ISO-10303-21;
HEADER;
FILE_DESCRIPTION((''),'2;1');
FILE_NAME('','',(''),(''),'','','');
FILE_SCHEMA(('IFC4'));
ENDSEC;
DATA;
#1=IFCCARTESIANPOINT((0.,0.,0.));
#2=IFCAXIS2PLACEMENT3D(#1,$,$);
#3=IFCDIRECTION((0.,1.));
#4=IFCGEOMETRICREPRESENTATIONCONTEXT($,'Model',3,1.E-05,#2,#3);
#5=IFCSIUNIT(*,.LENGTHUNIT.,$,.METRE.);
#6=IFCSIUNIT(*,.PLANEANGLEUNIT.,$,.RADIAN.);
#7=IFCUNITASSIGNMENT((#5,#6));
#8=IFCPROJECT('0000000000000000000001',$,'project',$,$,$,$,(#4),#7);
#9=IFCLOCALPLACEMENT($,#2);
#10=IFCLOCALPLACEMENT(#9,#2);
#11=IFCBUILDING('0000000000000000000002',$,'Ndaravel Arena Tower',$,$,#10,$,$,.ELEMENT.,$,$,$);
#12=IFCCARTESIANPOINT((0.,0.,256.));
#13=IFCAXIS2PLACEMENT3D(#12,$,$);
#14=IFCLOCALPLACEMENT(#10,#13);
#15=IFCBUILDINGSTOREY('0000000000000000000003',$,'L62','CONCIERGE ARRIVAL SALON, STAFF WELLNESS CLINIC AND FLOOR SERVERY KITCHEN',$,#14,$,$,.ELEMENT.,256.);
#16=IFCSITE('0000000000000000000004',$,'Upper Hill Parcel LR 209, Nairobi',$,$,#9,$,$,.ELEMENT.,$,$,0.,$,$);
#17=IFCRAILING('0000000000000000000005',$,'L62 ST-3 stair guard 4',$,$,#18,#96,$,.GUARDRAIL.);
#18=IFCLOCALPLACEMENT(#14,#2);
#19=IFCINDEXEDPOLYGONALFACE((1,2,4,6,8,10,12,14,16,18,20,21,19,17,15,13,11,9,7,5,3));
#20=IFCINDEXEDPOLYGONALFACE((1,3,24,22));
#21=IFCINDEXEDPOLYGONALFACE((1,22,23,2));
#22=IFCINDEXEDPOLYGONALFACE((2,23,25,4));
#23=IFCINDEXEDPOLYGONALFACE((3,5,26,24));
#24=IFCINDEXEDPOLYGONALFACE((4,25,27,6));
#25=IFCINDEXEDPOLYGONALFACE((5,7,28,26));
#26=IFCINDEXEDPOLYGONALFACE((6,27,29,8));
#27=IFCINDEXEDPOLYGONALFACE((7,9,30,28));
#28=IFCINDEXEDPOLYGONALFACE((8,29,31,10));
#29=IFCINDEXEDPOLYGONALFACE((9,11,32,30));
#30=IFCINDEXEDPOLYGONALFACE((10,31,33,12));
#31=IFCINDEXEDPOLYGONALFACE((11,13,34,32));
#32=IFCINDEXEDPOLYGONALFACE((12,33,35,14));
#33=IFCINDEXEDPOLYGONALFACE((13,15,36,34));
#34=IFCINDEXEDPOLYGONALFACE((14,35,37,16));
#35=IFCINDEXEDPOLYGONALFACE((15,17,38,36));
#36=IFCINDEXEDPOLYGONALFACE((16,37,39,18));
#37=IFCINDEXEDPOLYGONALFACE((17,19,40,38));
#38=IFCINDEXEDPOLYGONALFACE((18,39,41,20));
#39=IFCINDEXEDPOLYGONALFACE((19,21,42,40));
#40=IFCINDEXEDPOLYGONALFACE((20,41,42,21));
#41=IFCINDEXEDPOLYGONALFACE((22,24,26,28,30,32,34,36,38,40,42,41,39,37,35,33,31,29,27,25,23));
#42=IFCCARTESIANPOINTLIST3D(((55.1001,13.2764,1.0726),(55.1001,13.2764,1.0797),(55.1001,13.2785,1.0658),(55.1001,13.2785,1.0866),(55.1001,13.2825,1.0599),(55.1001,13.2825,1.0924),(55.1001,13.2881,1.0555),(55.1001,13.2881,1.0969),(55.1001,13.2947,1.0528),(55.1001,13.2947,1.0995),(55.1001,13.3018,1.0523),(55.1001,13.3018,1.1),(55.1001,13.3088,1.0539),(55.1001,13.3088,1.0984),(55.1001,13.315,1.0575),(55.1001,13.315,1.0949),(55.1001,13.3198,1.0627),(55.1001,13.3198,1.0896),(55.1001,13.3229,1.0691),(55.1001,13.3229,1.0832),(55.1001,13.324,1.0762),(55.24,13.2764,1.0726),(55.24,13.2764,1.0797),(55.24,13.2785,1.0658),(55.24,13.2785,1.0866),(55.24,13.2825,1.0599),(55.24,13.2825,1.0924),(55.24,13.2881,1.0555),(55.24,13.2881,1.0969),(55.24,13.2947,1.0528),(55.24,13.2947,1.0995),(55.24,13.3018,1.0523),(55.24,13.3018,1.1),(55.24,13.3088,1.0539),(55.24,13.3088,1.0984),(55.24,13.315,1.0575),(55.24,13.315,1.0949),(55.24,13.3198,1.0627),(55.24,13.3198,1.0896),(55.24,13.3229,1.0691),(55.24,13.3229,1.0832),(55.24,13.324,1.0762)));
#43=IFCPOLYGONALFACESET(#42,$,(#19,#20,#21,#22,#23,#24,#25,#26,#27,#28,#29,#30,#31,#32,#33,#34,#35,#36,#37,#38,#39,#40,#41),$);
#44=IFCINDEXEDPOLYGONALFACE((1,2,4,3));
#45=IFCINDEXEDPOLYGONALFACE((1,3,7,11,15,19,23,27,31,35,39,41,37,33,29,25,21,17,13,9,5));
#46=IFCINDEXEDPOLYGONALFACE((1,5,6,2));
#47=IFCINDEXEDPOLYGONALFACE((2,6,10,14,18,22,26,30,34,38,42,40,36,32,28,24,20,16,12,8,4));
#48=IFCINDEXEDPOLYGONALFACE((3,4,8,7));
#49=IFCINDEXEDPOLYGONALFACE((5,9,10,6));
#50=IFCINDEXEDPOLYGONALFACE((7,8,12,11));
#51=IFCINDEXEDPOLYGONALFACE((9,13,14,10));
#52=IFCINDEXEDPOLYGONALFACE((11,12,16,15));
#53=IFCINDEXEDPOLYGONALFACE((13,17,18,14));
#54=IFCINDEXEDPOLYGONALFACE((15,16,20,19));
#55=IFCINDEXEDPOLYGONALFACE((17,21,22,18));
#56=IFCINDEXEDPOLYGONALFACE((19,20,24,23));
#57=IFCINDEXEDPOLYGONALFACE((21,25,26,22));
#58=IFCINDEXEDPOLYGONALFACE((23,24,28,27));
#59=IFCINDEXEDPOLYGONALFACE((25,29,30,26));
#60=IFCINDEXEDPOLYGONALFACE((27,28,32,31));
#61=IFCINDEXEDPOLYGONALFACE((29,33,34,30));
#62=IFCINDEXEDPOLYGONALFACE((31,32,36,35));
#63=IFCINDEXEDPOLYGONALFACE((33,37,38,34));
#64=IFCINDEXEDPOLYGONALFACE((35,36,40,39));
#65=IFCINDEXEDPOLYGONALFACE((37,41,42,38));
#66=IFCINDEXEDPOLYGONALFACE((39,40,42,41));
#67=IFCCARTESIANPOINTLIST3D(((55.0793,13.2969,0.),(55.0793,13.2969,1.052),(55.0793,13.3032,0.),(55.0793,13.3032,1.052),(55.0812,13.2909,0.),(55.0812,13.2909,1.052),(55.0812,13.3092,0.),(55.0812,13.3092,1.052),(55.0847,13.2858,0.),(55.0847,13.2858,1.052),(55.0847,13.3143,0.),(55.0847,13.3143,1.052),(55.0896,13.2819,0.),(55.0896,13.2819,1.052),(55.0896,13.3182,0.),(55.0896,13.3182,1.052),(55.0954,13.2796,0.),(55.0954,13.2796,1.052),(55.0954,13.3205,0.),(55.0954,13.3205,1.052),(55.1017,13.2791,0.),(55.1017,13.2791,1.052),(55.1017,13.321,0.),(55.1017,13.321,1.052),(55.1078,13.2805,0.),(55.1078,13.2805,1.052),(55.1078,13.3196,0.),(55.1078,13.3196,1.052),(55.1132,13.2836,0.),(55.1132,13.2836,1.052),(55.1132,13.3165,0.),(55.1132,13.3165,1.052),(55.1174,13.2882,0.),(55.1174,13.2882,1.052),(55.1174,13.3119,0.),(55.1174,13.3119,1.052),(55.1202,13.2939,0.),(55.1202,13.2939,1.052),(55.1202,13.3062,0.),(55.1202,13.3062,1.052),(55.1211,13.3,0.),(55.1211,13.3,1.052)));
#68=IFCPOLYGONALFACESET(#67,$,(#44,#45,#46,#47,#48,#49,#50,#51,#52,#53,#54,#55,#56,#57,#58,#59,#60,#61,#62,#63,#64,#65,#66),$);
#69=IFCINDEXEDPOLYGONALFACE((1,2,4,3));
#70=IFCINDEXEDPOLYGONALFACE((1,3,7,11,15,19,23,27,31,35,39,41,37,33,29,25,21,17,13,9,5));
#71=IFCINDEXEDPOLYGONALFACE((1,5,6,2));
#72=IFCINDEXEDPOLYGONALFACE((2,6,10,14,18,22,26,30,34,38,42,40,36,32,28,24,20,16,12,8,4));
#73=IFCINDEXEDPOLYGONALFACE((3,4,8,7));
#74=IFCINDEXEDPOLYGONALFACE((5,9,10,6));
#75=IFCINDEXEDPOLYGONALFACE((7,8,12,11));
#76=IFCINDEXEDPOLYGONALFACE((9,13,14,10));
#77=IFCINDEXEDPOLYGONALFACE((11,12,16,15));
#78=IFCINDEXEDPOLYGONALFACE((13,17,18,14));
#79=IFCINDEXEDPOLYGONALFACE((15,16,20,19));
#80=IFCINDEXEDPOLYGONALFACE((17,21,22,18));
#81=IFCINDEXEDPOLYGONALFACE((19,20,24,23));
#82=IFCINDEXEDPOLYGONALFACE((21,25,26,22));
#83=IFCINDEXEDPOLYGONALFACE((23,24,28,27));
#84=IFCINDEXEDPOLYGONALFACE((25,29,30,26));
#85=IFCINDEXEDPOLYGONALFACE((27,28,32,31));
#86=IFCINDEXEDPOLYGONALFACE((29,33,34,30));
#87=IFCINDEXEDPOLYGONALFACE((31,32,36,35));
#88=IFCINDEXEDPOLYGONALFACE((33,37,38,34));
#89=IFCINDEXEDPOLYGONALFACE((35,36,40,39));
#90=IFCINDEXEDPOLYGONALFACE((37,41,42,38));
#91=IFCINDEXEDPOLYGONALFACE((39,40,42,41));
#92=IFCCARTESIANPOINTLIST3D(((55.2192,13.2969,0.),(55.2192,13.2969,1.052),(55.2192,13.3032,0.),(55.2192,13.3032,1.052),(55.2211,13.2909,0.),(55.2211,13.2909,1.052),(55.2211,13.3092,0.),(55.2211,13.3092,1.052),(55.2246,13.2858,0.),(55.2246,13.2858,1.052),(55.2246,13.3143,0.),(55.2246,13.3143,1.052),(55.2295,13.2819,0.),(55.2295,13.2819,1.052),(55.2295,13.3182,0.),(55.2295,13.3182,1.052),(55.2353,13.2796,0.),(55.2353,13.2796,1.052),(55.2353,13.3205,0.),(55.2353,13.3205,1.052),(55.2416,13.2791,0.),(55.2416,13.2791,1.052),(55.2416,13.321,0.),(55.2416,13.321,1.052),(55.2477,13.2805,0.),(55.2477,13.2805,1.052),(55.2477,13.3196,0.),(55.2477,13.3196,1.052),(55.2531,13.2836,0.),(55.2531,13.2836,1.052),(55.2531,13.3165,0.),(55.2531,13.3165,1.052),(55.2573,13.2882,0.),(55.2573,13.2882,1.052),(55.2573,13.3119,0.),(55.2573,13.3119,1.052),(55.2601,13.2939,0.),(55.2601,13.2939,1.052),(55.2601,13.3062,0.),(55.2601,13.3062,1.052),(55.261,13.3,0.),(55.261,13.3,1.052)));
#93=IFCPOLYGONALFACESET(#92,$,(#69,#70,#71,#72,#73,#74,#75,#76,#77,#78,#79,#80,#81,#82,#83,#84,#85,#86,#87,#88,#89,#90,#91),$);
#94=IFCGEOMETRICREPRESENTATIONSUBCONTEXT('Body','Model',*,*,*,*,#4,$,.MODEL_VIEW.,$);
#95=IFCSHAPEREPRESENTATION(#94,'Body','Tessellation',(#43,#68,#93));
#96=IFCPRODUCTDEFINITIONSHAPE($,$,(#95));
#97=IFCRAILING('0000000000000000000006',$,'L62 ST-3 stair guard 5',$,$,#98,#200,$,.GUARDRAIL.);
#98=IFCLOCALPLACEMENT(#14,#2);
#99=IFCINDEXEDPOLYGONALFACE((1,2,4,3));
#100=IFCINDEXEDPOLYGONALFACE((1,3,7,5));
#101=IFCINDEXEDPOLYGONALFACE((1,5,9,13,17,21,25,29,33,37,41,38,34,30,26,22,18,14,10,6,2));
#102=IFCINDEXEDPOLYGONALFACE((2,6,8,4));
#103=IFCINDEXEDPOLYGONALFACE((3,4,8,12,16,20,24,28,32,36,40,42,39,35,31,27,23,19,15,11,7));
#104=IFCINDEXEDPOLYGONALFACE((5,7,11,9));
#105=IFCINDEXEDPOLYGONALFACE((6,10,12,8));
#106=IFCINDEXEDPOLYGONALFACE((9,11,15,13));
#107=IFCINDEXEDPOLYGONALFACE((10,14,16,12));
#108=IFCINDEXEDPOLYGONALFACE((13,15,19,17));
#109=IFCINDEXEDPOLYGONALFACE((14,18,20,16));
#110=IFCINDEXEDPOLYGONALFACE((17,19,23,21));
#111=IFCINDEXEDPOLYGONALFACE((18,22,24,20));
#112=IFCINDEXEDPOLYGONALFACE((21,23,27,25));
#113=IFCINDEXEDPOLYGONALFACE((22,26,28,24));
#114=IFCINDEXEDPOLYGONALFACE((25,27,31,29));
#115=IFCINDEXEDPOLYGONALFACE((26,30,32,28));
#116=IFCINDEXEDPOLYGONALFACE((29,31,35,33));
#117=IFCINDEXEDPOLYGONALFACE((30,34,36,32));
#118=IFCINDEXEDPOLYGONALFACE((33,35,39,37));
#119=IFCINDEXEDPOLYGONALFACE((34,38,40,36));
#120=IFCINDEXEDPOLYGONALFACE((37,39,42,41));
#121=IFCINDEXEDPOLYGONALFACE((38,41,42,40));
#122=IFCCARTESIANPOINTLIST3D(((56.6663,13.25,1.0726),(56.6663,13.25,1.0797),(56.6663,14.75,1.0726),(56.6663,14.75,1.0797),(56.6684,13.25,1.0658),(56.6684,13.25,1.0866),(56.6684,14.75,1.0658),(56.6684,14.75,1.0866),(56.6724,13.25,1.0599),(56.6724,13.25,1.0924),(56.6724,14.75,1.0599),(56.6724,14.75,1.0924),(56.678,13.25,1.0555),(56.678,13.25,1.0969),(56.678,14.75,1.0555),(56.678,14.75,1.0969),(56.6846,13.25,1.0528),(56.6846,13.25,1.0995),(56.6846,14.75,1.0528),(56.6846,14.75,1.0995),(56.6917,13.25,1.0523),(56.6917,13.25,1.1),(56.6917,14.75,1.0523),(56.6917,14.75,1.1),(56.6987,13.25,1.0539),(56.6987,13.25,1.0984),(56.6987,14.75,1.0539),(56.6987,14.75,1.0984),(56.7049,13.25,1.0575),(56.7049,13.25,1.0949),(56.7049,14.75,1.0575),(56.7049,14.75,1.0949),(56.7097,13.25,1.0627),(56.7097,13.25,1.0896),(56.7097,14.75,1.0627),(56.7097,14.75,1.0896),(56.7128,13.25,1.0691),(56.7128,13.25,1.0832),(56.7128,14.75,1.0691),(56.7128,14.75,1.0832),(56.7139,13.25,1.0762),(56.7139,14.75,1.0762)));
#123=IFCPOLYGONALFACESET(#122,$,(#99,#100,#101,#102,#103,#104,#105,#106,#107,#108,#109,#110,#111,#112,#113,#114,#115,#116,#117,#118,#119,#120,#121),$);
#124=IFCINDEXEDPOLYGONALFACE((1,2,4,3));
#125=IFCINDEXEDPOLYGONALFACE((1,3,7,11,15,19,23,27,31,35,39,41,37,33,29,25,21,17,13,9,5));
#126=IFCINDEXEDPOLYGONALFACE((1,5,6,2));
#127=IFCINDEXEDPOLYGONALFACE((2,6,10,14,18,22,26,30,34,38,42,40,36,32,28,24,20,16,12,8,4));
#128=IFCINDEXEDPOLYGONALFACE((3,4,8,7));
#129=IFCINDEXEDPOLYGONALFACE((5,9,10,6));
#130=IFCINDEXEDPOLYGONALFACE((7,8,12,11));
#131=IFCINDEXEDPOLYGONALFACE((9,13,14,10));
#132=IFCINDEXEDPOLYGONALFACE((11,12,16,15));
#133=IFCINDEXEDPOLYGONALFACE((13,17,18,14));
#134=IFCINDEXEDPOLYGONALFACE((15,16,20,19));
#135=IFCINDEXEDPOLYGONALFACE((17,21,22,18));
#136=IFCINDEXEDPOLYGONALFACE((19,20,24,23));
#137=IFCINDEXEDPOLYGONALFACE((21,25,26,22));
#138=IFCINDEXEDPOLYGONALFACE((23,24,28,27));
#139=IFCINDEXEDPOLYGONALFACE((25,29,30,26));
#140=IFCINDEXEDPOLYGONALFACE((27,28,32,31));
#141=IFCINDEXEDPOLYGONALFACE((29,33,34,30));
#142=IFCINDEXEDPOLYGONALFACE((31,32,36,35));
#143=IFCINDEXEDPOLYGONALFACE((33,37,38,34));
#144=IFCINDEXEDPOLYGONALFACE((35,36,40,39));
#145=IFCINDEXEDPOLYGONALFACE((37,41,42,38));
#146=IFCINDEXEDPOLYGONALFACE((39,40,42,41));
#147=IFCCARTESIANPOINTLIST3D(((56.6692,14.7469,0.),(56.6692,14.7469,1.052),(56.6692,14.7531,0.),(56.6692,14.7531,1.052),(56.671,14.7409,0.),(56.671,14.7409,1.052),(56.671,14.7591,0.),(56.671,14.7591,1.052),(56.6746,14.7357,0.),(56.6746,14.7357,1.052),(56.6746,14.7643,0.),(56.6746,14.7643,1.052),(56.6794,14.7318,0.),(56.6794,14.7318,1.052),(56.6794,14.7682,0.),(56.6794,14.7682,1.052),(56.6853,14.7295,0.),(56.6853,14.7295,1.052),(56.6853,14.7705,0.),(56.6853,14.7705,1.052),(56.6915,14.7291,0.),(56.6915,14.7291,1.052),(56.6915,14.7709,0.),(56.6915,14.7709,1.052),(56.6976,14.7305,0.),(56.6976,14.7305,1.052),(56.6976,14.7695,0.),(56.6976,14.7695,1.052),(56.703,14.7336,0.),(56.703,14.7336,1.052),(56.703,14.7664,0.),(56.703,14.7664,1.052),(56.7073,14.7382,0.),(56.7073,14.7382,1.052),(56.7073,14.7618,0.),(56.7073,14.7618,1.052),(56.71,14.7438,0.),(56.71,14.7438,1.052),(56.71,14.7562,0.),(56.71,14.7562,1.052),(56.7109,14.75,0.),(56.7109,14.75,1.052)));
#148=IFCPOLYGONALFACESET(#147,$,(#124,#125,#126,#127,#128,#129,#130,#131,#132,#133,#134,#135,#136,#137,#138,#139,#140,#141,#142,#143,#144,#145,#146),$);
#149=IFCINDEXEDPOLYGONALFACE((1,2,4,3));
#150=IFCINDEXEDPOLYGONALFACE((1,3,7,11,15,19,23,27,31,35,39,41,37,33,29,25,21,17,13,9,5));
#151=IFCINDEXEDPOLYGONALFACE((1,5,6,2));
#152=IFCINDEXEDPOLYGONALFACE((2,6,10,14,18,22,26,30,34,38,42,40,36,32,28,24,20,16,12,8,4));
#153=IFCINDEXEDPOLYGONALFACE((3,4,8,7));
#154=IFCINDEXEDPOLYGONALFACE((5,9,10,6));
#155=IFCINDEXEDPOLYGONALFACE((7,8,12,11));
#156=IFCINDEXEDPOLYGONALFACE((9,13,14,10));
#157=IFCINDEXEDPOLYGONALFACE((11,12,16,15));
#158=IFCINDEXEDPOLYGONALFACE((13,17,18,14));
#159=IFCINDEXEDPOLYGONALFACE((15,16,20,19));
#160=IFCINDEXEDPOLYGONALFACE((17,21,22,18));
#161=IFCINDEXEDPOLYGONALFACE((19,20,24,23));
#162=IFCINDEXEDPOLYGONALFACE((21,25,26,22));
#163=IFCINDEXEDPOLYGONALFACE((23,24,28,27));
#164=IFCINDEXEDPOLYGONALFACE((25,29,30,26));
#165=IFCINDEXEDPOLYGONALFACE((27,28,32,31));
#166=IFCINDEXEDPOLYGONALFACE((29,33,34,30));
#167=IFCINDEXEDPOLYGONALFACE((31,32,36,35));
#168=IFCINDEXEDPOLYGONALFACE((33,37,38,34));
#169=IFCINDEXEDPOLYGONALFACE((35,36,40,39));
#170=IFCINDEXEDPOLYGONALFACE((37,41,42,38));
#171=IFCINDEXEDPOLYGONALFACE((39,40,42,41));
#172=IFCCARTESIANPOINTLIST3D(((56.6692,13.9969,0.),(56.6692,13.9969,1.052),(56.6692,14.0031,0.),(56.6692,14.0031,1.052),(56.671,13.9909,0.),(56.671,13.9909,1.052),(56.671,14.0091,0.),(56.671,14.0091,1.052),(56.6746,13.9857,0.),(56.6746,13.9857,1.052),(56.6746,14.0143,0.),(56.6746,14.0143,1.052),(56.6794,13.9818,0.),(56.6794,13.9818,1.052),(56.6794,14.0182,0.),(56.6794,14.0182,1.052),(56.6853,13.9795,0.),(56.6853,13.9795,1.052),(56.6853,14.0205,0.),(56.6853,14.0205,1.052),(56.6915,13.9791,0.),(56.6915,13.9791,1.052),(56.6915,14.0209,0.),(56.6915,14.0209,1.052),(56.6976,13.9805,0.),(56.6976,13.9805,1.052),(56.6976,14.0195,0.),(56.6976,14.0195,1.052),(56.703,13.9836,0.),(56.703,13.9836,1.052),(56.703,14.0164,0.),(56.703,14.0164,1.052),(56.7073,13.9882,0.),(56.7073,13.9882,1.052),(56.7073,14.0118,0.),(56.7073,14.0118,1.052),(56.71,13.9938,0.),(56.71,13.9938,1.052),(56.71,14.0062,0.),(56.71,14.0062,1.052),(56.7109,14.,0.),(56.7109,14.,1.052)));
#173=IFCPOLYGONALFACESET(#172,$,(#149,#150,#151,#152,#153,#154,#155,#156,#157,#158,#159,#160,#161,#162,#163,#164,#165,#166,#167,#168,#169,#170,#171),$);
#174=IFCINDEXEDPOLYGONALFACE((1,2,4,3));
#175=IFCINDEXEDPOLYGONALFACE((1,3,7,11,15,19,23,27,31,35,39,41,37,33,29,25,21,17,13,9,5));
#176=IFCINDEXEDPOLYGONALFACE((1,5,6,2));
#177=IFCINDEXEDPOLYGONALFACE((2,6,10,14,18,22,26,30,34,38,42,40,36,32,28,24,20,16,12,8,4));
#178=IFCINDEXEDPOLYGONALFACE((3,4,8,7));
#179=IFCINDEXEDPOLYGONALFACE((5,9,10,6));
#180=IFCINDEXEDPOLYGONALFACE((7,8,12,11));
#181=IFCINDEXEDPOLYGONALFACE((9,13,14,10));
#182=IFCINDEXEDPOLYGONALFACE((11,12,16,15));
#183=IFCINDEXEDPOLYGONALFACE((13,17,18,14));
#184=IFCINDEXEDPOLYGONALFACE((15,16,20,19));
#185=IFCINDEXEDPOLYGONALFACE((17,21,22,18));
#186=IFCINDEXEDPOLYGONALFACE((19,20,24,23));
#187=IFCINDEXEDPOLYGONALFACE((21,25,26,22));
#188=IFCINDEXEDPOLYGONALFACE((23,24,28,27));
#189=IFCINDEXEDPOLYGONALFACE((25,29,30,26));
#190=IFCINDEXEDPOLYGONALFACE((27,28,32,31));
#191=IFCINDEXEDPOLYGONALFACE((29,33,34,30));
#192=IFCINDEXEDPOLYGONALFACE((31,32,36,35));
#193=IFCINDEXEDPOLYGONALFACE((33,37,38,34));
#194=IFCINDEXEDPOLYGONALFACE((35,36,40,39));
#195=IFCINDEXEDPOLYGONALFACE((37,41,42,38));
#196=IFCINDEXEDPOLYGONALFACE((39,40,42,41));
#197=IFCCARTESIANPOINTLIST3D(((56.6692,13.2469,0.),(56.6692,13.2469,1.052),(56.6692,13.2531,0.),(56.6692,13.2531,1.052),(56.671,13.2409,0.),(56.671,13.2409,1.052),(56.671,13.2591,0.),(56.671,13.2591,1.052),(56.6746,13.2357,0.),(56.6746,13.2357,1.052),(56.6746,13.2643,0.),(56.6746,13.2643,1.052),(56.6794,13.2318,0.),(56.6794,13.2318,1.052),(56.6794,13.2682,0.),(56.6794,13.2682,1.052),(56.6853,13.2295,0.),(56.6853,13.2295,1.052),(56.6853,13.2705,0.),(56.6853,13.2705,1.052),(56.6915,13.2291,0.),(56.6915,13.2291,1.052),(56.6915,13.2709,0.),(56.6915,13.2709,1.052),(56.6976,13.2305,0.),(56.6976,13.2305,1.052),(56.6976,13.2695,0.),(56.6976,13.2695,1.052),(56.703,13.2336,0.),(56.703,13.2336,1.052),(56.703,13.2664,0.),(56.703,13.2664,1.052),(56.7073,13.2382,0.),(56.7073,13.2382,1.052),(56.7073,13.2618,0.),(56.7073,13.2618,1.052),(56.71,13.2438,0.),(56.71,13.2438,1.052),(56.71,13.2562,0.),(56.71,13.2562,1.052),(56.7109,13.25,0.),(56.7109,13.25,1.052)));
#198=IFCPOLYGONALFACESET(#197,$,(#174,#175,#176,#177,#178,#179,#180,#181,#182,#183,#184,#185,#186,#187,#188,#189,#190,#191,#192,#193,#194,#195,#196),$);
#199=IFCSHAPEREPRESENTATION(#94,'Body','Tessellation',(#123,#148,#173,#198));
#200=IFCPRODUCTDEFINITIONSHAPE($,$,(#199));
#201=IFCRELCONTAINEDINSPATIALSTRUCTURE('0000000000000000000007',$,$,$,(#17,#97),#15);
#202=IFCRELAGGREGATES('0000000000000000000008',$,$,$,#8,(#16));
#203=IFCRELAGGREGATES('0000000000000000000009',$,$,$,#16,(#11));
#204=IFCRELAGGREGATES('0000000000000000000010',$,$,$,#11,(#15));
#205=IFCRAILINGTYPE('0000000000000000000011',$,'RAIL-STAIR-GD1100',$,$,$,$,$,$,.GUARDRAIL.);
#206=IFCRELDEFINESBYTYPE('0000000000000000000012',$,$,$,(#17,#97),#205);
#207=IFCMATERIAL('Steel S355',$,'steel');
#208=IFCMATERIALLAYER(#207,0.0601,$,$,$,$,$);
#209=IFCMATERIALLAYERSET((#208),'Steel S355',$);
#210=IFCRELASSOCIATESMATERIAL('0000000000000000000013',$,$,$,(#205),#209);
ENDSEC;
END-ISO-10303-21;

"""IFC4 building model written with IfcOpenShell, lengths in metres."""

from ifc_helpers import new_model, si_unit, direction, frame, origin, origin_2d, place, context, subcontext, project, spatial, circle, extrude, material, layer, layer_set, type_object, element, save


model = new_model("IFC4")

# Units and contexts
model_context = context("Model", 3, precision=1e-05, world=origin(), true_north=direction((0.0, 1.0)))
body_context = subcontext(model_context, "Body", "Model", "MODEL_VIEW")
ifc_project = project(units=[si_unit("LENGTHUNIT", "METRE"), si_unit("PLANEANGLEUNIT", "RADIAN")], contexts=[model_context])

# Site, building, storey
site_placement = place(None, origin())
site = spatial("IfcSite", under=ifc_project, at=site_placement, Name="Upper Hill Parcel LR 209, Nairobi", CompositionType="ELEMENT", RefElevation=0.0)
building_placement = place(site_placement, origin())
building = spatial("IfcBuilding", under=site, at=building_placement, Name="Ndaravel Arena Tower", CompositionType="ELEMENT")
storey_placement = place(building_placement, frame((0.0, 0.0, 256.0)))
storey = spatial("IfcBuildingStorey", under=building, at=storey_placement, Name="L62", Description="CONCIERGE ARRIVAL SALON, STAFF WELLNESS CLINIC AND FLOOR SERVERY KITCHEN", CompositionType="ELEMENT", Elevation=256.0)

# Railings
ifc_material_1 = material(Name="Steel S355", Category="steel")
ifc_layer_1 = layer(ifc_material_1, 0.0601)
ifc_layer_set_1 = layer_set([ifc_layer_1], Name="Steel S355")
railing_type_1 = type_object("IfcRailingType", Name="RAIL-STAIR-GD1100", PredefinedType="GUARDRAIL", material=ifc_layer_set_1)
railing_1_placement = place(storey_placement, frame((55.1001, 13.3, 0.0)))
element("IfcRailing", 1, at=railing_1_placement, inside=storey, type_object=railing_type_1, Name="L62 ST-3 stair guard 4", PredefinedType="GUARDRAIL", context=body_context, shape_type="SweptSolid", body=[
    extrude(circle(Radius=0.0239, at=origin_2d()), frame((0.0, 0.0, 1.0762), z_axis=(1.0, 0.0, 0.0), x_axis=(0.0, 1.0, 0.0)), (0.0, 0.0, 1.0), 0.1399),
    extrude(circle(Radius=0.021, at=origin_2d()), origin(), (0.0, 0.0, 1.0), 1.052),
    extrude(circle(Radius=0.021, at=origin_2d()), frame((0.1399, 0.0, 0.0)), (0.0, 0.0, 1.0), 1.052),
])
railing_2_placement = place(storey_placement, frame((56.6899, 14.75, 0.0)))
element("IfcRailing", 2, at=railing_2_placement, inside=storey, type_object=railing_type_1, Name="L62 ST-3 stair guard 5", PredefinedType="GUARDRAIL", context=body_context, shape_type="SweptSolid", body=[
    extrude(circle(Radius=0.0239, at=origin_2d()), frame((0.0, 0.0, 1.0762), z_axis=(0.0, -1.0, 0.0), x_axis=(1.0, 0.0, 0.0)), (0.0, 0.0, 1.0), 1.5),
    extrude(circle(Radius=0.021, at=origin_2d()), origin(), (0.0, 0.0, 1.0), 1.052),
    extrude(circle(Radius=0.021, at=origin_2d()), frame((0.0, -0.75, 0.0)), (0.0, 0.0, 1.0), 1.052),
    extrude(circle(Radius=0.021, at=origin_2d()), frame((0.0, -1.5, 0.0)), (0.0, 0.0, 1.0), 1.052),
])

save(model, "model.ifc")
